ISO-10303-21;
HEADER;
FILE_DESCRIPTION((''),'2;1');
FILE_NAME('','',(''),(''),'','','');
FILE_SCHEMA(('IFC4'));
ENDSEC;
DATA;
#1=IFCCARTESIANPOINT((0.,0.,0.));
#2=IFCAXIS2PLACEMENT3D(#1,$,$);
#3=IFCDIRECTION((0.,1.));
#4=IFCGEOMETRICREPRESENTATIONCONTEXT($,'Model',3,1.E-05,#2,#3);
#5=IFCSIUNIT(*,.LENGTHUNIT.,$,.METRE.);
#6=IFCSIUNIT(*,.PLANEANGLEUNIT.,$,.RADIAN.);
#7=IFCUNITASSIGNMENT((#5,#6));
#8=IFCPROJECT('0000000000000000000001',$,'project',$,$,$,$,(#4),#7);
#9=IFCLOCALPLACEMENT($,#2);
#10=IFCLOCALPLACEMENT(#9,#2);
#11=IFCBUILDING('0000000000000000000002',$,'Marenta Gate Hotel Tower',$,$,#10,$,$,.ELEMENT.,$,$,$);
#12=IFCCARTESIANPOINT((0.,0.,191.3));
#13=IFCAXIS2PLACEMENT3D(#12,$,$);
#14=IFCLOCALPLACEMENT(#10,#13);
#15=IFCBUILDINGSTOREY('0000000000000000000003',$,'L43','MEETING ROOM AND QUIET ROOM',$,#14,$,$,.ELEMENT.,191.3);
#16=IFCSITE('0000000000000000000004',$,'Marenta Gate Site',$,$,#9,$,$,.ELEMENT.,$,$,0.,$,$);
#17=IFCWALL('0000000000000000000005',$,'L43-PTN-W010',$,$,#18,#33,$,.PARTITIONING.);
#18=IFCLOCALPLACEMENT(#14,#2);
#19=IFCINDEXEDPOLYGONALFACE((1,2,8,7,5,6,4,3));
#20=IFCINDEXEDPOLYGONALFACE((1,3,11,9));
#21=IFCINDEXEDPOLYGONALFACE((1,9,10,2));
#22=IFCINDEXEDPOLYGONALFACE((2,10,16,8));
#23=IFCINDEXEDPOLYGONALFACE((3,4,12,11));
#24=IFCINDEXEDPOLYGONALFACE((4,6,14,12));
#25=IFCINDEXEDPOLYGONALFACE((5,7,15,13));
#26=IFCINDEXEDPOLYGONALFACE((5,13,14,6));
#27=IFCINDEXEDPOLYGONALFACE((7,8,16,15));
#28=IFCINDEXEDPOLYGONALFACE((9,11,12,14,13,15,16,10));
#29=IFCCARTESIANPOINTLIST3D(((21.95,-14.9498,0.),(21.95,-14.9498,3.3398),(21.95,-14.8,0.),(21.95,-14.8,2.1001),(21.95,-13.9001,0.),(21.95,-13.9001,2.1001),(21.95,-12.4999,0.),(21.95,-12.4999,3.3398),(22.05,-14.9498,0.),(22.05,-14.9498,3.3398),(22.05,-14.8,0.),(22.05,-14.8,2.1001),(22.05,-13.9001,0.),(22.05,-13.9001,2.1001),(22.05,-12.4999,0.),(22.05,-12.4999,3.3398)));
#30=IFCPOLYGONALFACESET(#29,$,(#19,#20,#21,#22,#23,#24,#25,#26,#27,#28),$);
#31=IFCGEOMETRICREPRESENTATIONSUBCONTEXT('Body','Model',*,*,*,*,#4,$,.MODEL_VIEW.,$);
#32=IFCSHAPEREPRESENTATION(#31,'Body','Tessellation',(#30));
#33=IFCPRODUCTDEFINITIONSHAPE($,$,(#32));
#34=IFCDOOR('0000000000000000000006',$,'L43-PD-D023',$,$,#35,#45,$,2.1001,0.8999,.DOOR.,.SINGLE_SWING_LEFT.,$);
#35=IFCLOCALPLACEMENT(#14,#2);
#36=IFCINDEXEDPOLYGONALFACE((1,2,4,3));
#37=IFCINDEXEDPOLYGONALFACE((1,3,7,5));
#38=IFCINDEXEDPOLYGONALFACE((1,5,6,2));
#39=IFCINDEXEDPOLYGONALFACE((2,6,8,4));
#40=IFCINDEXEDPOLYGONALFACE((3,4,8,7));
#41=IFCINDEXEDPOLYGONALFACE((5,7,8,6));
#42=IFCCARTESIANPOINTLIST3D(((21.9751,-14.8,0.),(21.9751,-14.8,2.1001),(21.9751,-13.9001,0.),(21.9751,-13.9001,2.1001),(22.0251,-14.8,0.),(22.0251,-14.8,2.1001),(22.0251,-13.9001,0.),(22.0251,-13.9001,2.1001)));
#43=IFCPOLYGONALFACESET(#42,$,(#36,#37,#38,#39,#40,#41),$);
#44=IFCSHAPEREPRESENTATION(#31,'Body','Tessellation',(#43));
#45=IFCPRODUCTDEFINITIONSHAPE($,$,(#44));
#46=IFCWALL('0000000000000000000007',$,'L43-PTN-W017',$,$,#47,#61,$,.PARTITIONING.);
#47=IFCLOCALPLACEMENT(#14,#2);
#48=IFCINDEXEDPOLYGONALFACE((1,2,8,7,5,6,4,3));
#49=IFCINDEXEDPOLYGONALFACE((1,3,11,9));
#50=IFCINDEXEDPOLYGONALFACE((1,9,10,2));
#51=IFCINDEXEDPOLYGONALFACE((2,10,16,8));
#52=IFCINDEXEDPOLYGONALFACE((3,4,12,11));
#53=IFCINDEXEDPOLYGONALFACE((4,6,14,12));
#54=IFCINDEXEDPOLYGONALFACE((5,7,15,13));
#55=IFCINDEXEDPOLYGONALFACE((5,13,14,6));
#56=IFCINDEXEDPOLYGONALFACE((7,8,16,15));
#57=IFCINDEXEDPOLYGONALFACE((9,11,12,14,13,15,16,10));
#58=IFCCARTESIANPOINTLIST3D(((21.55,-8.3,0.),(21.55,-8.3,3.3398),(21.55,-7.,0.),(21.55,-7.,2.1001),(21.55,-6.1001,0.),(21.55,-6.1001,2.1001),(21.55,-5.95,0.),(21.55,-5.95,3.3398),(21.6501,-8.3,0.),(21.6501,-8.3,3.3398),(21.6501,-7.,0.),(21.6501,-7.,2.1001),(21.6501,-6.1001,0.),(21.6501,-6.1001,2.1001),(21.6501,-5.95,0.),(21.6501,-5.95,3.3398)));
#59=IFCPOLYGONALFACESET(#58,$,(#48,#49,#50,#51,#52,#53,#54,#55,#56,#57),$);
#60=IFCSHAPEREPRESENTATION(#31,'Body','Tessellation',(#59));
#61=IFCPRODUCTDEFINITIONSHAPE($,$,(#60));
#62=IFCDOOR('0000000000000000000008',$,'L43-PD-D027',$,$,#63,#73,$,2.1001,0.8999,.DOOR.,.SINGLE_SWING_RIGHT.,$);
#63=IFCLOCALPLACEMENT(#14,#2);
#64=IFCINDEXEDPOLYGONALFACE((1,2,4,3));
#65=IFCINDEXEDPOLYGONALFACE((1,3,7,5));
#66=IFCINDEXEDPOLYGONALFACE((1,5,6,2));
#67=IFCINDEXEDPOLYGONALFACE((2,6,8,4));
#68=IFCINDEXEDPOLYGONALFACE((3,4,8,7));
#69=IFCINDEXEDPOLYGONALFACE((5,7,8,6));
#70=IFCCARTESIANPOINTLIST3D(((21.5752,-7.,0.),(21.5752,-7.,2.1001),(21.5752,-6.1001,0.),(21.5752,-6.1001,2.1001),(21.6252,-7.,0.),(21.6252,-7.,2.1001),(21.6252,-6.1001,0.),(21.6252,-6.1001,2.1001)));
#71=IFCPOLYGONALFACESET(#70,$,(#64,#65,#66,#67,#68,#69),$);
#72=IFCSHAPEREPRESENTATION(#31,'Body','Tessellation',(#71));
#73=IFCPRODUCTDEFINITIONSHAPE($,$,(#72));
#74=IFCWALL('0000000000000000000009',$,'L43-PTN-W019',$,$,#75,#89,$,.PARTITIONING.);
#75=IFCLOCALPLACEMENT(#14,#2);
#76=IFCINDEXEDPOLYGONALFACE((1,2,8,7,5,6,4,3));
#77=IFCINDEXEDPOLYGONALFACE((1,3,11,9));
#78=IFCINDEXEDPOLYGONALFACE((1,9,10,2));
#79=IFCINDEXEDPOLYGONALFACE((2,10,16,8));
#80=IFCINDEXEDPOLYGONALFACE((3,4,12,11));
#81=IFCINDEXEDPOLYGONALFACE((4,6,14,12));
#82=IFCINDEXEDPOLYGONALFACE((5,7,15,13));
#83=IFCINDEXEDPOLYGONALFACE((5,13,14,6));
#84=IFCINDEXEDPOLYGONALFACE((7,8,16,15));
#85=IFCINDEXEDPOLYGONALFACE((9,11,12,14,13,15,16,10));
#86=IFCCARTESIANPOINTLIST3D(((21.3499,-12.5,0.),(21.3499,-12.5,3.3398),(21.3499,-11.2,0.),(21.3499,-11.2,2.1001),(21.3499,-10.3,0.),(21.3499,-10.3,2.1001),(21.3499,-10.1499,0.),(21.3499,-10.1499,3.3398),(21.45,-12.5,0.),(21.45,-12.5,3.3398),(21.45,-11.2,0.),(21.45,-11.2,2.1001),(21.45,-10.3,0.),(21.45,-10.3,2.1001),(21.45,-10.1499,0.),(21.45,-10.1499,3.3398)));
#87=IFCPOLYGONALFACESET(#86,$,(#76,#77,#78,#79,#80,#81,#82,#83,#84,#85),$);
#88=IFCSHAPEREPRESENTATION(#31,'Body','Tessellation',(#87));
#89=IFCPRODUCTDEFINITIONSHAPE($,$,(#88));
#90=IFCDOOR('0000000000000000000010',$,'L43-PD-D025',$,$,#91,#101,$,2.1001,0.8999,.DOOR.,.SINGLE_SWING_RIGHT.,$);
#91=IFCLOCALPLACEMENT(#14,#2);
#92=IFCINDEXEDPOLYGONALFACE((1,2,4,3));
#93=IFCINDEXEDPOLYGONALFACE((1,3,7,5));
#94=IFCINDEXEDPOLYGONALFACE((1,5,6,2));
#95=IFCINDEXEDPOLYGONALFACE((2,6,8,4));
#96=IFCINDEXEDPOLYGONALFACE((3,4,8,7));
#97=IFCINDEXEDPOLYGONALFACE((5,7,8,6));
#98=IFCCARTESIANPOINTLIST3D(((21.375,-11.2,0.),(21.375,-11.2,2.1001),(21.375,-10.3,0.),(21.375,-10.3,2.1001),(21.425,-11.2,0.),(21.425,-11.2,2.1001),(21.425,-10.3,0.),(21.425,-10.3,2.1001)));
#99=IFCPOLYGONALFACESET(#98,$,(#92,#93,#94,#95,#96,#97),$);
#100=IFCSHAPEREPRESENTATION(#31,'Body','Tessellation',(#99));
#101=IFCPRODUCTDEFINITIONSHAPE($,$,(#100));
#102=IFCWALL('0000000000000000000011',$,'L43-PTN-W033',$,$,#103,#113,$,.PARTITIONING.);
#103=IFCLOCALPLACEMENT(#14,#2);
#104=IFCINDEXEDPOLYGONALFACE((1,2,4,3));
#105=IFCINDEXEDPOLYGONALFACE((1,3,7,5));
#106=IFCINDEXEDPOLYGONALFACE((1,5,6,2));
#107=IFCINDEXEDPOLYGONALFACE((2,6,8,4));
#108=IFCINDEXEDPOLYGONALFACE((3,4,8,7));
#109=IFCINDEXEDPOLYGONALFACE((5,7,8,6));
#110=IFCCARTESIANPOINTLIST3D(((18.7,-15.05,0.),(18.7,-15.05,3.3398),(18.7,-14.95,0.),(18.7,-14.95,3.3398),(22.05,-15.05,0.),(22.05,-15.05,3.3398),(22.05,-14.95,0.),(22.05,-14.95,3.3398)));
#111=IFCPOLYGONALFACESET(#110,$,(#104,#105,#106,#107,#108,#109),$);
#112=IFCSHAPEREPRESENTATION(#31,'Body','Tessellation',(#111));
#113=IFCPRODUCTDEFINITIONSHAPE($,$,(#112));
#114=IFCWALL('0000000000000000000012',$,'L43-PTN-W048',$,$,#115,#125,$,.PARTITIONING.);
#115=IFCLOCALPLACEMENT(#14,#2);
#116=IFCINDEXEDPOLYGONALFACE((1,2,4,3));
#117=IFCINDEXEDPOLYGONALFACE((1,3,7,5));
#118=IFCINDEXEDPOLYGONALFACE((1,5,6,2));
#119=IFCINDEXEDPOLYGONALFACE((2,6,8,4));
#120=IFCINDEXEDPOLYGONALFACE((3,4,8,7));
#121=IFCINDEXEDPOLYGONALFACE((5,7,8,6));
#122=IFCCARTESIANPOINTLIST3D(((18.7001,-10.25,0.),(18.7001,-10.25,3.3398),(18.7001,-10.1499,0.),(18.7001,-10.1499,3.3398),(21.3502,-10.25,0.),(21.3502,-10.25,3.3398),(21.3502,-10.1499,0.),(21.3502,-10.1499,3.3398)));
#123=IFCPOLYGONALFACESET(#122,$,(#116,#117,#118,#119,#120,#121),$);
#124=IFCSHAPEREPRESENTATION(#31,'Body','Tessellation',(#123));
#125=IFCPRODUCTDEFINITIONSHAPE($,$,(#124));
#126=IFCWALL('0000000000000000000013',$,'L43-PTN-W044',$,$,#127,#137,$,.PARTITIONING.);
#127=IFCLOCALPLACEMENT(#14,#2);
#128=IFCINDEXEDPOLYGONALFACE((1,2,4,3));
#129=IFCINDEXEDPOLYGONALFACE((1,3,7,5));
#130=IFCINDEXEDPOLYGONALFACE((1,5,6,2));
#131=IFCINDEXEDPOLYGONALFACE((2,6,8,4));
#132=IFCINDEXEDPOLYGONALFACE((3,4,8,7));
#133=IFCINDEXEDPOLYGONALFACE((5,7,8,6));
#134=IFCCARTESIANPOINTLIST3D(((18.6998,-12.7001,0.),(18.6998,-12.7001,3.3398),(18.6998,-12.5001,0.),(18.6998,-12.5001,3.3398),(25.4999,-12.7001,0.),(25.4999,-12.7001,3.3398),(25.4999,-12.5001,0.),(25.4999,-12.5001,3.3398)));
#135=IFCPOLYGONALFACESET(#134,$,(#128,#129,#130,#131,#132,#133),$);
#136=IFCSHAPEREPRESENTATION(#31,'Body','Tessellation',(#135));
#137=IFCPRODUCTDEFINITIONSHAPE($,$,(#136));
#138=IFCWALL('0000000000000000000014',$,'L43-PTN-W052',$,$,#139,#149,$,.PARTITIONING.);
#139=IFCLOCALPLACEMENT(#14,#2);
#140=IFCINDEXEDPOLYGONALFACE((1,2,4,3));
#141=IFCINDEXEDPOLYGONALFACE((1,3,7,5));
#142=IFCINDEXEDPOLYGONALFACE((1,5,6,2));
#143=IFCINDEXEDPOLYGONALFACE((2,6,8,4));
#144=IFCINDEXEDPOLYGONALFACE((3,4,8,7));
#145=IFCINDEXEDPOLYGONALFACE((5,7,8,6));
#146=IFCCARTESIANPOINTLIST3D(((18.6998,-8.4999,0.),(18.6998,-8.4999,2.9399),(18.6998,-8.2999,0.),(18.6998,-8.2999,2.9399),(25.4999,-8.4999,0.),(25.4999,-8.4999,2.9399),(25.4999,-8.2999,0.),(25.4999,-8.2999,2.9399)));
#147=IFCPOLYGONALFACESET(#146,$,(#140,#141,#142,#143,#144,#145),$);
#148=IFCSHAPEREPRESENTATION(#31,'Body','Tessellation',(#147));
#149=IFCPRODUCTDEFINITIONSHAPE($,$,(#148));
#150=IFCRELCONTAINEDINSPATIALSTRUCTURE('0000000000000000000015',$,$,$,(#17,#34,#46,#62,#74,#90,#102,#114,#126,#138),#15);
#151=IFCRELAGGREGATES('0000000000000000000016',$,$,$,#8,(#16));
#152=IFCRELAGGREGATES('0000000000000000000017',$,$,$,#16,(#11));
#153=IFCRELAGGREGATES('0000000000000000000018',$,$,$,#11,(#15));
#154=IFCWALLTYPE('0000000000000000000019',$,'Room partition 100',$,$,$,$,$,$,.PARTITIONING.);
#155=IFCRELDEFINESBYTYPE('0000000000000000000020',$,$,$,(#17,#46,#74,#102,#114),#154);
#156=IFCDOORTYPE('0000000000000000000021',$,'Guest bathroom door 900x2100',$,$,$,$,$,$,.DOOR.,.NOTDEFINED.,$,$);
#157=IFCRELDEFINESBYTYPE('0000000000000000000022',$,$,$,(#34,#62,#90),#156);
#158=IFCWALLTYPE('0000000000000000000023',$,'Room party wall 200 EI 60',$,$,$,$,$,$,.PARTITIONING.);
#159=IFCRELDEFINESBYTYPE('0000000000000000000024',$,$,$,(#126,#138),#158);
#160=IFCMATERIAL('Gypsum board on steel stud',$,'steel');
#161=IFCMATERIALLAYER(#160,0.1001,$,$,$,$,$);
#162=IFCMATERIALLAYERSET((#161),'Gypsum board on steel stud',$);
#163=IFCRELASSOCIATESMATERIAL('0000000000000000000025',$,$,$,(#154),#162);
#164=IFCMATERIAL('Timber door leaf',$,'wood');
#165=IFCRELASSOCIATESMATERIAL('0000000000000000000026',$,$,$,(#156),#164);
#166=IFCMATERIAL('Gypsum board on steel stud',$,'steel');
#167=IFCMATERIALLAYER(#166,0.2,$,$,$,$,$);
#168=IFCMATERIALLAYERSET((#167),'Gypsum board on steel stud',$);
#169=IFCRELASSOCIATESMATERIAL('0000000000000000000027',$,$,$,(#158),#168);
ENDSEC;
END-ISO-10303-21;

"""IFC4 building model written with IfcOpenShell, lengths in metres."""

from ifc_helpers import new_model, si_unit, direction, frame, frame_2d, origin, place, context, subcontext, project, spatial, rectangle, extrude, material, layer, layer_set, type_object, element, fill, save


model = new_model("IFC4")

# Units and contexts
model_context = context("Model", 3, precision=1e-05, world=origin(), true_north=direction((0.0, 1.0)))
body_context = subcontext(model_context, "Body", "Model", "MODEL_VIEW")
ifc_project = project(units=[si_unit("LENGTHUNIT", "METRE"), si_unit("PLANEANGLEUNIT", "RADIAN")], contexts=[model_context])

# Site, building, storey
site_placement = place(None, origin())
site = spatial("IfcSite", under=ifc_project, at=site_placement, Name="Marenta Gate Site", CompositionType="ELEMENT", RefElevation=0.0)
building_placement = place(site_placement, origin())
building = spatial("IfcBuilding", under=site, at=building_placement, Name="Marenta Gate Hotel Tower", CompositionType="ELEMENT")
storey_placement = place(building_placement, frame((0.0, 0.0, 191.3)))
storey = spatial("IfcBuildingStorey", under=building, at=storey_placement, Name="L43", Description="MEETING ROOM AND QUIET ROOM", CompositionType="ELEMENT", Elevation=191.3)

# Walls, openings, doors
ifc_material_1 = material(Name="Gypsum board on steel stud", Category="steel")
ifc_layer_1 = layer(ifc_material_1, 0.1001)
ifc_layer_set_1 = layer_set([ifc_layer_1], Name="Gypsum board on steel stud")
wall_type_1 = type_object("IfcWallType", Name="Room partition 100", PredefinedType="PARTITIONING", material=ifc_layer_set_1)
wall_1_placement = place(storey_placement, frame((22.0, -14.95, 0.0), z_axis=(0.0, 0.0, 1.0), x_axis=(0.0, 1.0, 0.0)))
wall_1 = element("IfcWall", 1, at=wall_1_placement, inside=storey, type_object=wall_type_1, Name="L43-PTN-W010", PredefinedType="PARTITIONING", context=body_context, shape_type="SweptSolid", body=[
    extrude(rectangle(XDim=2.45, YDim=0.1001, at=frame_2d((1.2251, 0.0))), origin(), (0.0, 0.0, 1.0), 3.3398),
])
opening_1_placement = place(wall_1_placement, frame((0.1499, 0.0, 0.0)))
opening_1 = element("IfcOpeningElement", 2, at=opening_1_placement, cuts=wall_1, PredefinedType="OPENING", context=body_context, shape_type="SweptSolid", body=[
    extrude(rectangle(XDim=0.8999, YDim=2.1001, at=frame_2d((0.45, 1.05))), frame((0.0, 0.05, 0.0), z_axis=(0.0, -1.0, 0.0), x_axis=(1.0, 0.0, 0.0)), (0.0, 0.0, 1.0), 0.1001),
])
ifc_material_2 = material(Name="Timber door leaf", Category="wood")
door_type = type_object("IfcDoorType", Name="Guest bathroom door 900x2100", OperationType="NOTDEFINED", PredefinedType="DOOR", material=ifc_material_2)
door_1_placement = place(opening_1_placement, origin())
door_1 = element("IfcDoor", 3, at=door_1_placement, inside=storey, type_object=door_type, Name="L43-PD-D023", OperationType="SINGLE_SWING_LEFT", OverallHeight=2.1001, OverallWidth=0.8999, PredefinedType="DOOR", context=body_context, shape_type="SweptSolid", body=[
    extrude(rectangle(XDim=0.8999, YDim=2.1001, at=frame_2d((0.45, 1.05))), frame((0.0, 0.0249, 0.0), z_axis=(0.0, -1.0, 0.0), x_axis=(1.0, 0.0, 0.0)), (0.0, 0.0, 1.0), 0.05),
])
fill(opening_1, door_1)
wall_2_placement = place(storey_placement, frame((21.6001, -8.3, 0.0), z_axis=(0.0, 0.0, 1.0), x_axis=(0.0, 1.0, 0.0)))
wall_2 = element("IfcWall", 4, at=wall_2_placement, inside=storey, type_object=wall_type_1, Name="L43-PTN-W017", PredefinedType="PARTITIONING", context=body_context, shape_type="SweptSolid", body=[
    extrude(rectangle(XDim=2.3501, YDim=0.1001, at=frame_2d((1.175, 0.0))), origin(), (0.0, 0.0, 1.0), 3.3398),
])
opening_2_placement = place(wall_2_placement, frame((1.3, 0.0, 0.0)))
opening_2 = element("IfcOpeningElement", 5, at=opening_2_placement, cuts=wall_2, PredefinedType="OPENING", context=body_context, shape_type="SweptSolid", body=[
    extrude(rectangle(XDim=0.8999, YDim=2.1001, at=frame_2d((0.45, 1.05))), frame((0.0, 0.05, 0.0), z_axis=(0.0, -1.0, 0.0), x_axis=(1.0, 0.0, 0.0)), (0.0, 0.0, 1.0), 0.1001),
])
door_2_placement = place(opening_2_placement, origin())
door_2 = element("IfcDoor", 6, at=door_2_placement, inside=storey, type_object=door_type, Name="L43-PD-D027", OperationType="SINGLE_SWING_RIGHT", OverallHeight=2.1001, OverallWidth=0.8999, PredefinedType="DOOR", context=body_context, shape_type="SweptSolid", body=[
    extrude(rectangle(XDim=0.8999, YDim=2.1001, at=frame_2d((0.45, 1.05))), frame((0.0, 0.0249, 0.0), z_axis=(0.0, -1.0, 0.0), x_axis=(1.0, 0.0, 0.0)), (0.0, 0.0, 1.0), 0.05),
])
fill(opening_2, door_2)
wall_3_placement = place(storey_placement, frame((21.3999, -12.5, 0.0), z_axis=(0.0, 0.0, 1.0), x_axis=(0.0, 1.0, 0.0)))
wall_3 = element("IfcWall", 7, at=wall_3_placement, inside=storey, type_object=wall_type_1, Name="L43-PTN-W019", PredefinedType="PARTITIONING", context=body_context, shape_type="SweptSolid", body=[
    extrude(rectangle(XDim=2.3501, YDim=0.1001, at=frame_2d((1.175, 0.0))), origin(), (0.0, 0.0, 1.0), 3.3398),
])
opening_3_placement = place(wall_3_placement, frame((1.3, 0.0, 0.0)))
opening_3 = element("IfcOpeningElement", 8, at=opening_3_placement, cuts=wall_3, PredefinedType="OPENING", context=body_context, shape_type="SweptSolid", body=[
    extrude(rectangle(XDim=0.8999, YDim=2.1001, at=frame_2d((0.45, 1.05))), frame((0.0, 0.05, 0.0), z_axis=(0.0, -1.0, 0.0), x_axis=(1.0, 0.0, 0.0)), (0.0, 0.0, 1.0), 0.1001),
])
door_3_placement = place(opening_3_placement, origin())
door_3 = element("IfcDoor", 9, at=door_3_placement, inside=storey, type_object=door_type, Name="L43-PD-D025", OperationType="SINGLE_SWING_RIGHT", OverallHeight=2.1001, OverallWidth=0.8999, PredefinedType="DOOR", context=body_context, shape_type="SweptSolid", body=[
    extrude(rectangle(XDim=0.8999, YDim=2.1001, at=frame_2d((0.45, 1.05))), frame((0.0, 0.0249, 0.0), z_axis=(0.0, -1.0, 0.0), x_axis=(1.0, 0.0, 0.0)), (0.0, 0.0, 1.0), 0.05),
])
fill(opening_3, door_3)

# Walls
wall_4_placement = place(storey_placement, frame((18.7, -15.0, 0.0), z_axis=(0.0, 0.0, 1.0), x_axis=(1.0, 0.0, 0.0)))
element("IfcWall", 10, at=wall_4_placement, inside=storey, type_object=wall_type_1, Name="L43-PTN-W033", PredefinedType="PARTITIONING", context=body_context, shape_type="SweptSolid", body=[
    extrude(rectangle(XDim=3.3501, YDim=0.1001, at=frame_2d((1.675, 0.0))), origin(), (0.0, 0.0, 1.0), 3.3398),
])
wall_5_placement = place(storey_placement, frame((18.7, -10.2, 0.0), z_axis=(0.0, 0.0, 1.0), x_axis=(1.0, 0.0, 0.0)))
element("IfcWall", 11, at=wall_5_placement, inside=storey, type_object=wall_type_1, Name="L43-PTN-W048", PredefinedType="PARTITIONING", context=body_context, shape_type="SweptSolid", body=[
    extrude(rectangle(XDim=2.6501, YDim=0.1001, at=frame_2d((1.3252, 0.0))), origin(), (0.0, 0.0, 1.0), 3.3398),
])
ifc_material_3 = material(Name="Gypsum board on steel stud", Category="steel")
ifc_layer_2 = layer(ifc_material_3, 0.2)
ifc_layer_set_2 = layer_set([ifc_layer_2], Name="Gypsum board on steel stud")
wall_type_2 = type_object("IfcWallType", Name="Room party wall 200 EI 60", PredefinedType="PARTITIONING", material=ifc_layer_set_2)
wall_6_placement = place(storey_placement, frame((18.7, -12.6001, 0.0), z_axis=(0.0, 0.0, 1.0), x_axis=(1.0, 0.0, 0.0)))
element("IfcWall", 12, at=wall_6_placement, inside=storey, type_object=wall_type_2, Name="L43-PTN-W044", PredefinedType="PARTITIONING", context=body_context, shape_type="SweptSolid", body=[
    extrude(rectangle(XDim=6.8, YDim=0.2, at=frame_2d((3.3999, 0.0))), origin(), (0.0, 0.0, 1.0), 3.3398),
])
wall_7_placement = place(storey_placement, frame((18.7, -8.3999, 0.0), z_axis=(0.0, 0.0, 1.0), x_axis=(1.0, 0.0, 0.0)))
element("IfcWall", 13, at=wall_7_placement, inside=storey, type_object=wall_type_2, Name="L43-PTN-W052", PredefinedType="PARTITIONING", context=body_context, shape_type="SweptSolid", body=[
    extrude(rectangle(XDim=6.8, YDim=0.2, at=frame_2d((3.3999, 0.0))), origin(), (0.0, 0.0, 1.0), 2.9399),
])

save(model, "model.ifc")
